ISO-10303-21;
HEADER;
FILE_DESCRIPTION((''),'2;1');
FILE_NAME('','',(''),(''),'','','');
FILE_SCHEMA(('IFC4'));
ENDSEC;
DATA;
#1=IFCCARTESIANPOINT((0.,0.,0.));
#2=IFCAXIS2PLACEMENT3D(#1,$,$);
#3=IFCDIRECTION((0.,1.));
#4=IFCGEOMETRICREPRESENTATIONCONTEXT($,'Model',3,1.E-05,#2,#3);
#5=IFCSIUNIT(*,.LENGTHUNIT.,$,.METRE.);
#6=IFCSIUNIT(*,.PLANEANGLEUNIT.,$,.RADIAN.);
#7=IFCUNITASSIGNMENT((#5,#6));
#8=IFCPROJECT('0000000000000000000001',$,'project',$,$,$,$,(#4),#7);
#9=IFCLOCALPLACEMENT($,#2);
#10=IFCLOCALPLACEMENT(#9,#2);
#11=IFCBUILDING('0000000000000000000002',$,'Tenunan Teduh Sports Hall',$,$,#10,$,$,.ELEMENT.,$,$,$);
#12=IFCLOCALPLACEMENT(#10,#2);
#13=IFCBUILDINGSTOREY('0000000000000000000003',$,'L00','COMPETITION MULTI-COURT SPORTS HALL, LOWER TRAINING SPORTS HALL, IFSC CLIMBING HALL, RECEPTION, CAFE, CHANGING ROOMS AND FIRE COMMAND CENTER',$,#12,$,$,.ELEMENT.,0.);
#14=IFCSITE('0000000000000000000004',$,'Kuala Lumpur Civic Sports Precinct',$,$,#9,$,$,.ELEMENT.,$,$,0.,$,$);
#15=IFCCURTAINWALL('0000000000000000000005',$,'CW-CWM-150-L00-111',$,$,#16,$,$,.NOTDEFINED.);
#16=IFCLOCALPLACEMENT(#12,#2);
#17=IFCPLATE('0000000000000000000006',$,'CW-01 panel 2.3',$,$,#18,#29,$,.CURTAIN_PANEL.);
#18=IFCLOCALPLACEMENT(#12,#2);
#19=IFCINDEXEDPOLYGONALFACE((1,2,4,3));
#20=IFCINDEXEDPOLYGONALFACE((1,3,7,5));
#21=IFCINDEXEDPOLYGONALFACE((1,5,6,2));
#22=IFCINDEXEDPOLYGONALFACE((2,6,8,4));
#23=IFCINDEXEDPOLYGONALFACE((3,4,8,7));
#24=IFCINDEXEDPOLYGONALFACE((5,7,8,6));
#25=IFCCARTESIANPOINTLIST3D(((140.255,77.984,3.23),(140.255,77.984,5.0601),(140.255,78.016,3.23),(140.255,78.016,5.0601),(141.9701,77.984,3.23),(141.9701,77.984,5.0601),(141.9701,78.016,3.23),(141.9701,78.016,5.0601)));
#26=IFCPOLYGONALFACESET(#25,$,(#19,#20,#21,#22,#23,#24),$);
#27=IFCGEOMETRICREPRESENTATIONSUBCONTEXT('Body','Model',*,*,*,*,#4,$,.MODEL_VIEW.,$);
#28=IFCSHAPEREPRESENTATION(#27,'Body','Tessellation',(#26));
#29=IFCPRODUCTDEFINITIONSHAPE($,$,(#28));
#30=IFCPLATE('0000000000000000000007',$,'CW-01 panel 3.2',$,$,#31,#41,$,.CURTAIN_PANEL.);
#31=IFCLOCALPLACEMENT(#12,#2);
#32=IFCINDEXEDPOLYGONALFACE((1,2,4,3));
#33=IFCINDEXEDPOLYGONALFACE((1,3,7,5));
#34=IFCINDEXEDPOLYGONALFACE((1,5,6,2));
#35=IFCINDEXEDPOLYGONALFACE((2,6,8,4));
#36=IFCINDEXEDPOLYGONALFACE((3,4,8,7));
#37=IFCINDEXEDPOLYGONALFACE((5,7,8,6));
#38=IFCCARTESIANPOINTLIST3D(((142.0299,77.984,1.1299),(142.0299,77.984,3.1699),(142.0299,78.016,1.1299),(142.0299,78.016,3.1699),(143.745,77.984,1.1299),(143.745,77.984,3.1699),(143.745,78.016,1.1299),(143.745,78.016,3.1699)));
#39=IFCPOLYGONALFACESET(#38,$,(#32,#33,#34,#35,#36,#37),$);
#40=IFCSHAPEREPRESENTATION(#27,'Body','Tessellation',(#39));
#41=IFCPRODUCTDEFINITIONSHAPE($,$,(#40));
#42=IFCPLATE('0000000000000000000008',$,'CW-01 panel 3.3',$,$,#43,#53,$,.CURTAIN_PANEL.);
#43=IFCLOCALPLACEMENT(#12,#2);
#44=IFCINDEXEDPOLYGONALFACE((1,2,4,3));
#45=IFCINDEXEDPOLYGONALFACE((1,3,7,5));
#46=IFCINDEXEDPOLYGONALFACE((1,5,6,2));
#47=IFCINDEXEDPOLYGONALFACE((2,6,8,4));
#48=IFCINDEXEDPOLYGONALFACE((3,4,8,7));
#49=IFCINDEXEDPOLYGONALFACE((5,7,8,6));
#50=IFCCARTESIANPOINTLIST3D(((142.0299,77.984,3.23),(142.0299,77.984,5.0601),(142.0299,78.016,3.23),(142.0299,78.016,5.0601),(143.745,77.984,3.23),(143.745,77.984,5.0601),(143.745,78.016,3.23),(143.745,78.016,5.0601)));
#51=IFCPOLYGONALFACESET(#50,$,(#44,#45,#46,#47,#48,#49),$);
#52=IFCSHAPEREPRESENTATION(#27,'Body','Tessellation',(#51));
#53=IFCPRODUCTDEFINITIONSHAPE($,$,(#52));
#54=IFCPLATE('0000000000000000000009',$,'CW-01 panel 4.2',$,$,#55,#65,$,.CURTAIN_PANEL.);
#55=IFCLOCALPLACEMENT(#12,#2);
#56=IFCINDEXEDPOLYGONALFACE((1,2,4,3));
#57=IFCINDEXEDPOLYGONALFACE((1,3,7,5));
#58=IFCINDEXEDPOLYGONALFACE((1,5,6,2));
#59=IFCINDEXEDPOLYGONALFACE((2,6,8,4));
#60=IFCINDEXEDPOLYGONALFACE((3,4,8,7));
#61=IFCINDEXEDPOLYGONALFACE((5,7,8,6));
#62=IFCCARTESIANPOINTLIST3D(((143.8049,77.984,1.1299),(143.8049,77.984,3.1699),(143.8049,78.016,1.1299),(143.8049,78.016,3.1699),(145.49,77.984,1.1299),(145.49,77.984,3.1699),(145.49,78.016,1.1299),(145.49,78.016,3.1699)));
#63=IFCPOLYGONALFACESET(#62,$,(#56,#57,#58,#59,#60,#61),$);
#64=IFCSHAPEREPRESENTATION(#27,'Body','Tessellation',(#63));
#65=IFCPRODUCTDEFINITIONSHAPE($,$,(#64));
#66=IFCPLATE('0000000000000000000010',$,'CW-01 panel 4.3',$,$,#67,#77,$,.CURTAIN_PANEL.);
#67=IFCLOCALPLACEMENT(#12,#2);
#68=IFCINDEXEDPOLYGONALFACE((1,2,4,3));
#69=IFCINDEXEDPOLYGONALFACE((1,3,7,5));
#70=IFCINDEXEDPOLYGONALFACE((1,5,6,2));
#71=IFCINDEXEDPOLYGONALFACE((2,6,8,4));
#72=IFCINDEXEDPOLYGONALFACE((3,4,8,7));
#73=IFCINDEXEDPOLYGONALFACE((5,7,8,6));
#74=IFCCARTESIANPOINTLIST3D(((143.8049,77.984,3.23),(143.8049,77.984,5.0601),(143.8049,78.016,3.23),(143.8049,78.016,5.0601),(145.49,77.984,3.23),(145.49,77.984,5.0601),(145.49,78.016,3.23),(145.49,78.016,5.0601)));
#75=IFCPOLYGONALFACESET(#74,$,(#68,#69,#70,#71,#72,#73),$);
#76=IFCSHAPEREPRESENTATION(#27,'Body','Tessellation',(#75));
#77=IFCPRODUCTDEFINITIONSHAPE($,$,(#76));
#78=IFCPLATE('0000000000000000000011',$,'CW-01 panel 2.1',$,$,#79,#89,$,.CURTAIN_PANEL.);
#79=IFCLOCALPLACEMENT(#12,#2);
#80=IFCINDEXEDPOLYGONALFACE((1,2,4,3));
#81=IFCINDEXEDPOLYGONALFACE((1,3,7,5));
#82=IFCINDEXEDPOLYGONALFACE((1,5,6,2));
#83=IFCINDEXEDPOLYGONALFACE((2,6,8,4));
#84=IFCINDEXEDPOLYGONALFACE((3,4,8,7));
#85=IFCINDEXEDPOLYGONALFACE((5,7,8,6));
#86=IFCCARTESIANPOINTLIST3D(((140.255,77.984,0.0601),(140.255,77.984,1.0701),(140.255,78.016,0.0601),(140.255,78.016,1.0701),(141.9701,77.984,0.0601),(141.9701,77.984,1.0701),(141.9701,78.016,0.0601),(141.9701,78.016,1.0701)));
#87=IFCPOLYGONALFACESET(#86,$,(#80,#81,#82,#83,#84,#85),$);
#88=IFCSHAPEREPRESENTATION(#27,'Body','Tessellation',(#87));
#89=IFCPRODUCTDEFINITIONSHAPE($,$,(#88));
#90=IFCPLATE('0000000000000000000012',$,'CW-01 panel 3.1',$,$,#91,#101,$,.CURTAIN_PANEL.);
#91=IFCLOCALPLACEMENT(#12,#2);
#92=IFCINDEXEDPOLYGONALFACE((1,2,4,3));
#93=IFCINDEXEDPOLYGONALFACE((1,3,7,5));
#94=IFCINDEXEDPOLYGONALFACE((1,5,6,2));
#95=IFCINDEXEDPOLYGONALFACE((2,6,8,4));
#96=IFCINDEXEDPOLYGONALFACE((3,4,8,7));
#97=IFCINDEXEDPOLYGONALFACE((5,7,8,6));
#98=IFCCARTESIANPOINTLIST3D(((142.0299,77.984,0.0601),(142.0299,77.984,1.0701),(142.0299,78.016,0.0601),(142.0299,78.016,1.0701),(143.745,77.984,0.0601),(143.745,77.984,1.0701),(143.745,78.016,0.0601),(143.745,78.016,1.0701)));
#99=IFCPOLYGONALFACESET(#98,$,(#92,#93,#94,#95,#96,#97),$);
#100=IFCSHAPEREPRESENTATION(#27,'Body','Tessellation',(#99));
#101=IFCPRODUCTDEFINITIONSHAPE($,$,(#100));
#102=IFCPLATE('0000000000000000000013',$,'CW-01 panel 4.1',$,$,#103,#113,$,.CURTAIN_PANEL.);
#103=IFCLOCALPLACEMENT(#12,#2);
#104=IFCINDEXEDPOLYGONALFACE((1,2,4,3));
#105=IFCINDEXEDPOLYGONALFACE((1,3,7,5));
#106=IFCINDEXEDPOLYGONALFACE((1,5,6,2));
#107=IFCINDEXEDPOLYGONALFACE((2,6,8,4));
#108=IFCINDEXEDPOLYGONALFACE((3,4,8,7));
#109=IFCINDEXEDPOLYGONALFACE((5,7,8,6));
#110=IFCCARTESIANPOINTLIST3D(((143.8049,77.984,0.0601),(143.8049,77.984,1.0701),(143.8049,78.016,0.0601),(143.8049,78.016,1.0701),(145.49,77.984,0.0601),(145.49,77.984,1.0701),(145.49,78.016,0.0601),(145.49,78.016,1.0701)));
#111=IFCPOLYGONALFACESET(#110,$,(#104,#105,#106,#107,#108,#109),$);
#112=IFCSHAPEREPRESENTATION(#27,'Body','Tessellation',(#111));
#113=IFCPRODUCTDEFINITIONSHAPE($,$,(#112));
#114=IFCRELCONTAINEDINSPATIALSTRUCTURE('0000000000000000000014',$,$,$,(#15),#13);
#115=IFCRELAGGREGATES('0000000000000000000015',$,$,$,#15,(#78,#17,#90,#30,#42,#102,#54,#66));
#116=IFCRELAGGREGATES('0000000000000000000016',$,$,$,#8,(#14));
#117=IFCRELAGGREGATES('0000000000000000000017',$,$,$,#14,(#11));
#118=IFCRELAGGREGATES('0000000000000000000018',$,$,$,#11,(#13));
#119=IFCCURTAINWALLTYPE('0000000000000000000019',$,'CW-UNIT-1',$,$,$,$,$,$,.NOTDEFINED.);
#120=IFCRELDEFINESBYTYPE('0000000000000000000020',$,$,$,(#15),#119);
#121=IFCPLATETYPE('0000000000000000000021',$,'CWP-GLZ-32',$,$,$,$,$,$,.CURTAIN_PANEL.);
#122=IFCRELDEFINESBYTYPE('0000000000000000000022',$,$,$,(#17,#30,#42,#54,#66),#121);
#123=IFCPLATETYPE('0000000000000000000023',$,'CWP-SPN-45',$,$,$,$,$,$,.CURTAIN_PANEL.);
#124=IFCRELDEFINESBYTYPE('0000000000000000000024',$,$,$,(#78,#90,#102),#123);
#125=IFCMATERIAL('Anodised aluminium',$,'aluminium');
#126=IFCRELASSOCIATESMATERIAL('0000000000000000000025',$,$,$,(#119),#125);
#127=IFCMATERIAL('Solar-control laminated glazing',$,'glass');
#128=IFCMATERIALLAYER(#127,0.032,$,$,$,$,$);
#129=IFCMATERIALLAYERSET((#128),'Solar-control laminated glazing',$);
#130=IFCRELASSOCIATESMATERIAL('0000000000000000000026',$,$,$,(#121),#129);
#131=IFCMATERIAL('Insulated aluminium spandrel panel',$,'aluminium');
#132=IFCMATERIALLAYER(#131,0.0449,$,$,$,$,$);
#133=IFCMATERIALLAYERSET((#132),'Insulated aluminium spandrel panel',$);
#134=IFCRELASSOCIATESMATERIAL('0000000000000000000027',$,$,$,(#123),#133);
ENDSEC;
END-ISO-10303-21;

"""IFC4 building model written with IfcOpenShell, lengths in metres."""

from ifc_helpers import new_model, si_unit, direction, frame, origin, origin_2d, place, context, subcontext, project, spatial, rectangle, extrude, material, layer, layer_set, type_object, element, aggregate, save


model = new_model("IFC4")

# Units and contexts
model_context = context("Model", 3, precision=1e-05, world=origin(), true_north=direction((0.0, 1.0)))
body_context = subcontext(model_context, "Body", "Model", "MODEL_VIEW")
ifc_project = project(units=[si_unit("LENGTHUNIT", "METRE"), si_unit("PLANEANGLEUNIT", "RADIAN")], contexts=[model_context])

# Site, building, storey
site_placement = place(None, origin())
site = spatial("IfcSite", under=ifc_project, at=site_placement, Name="Kuala Lumpur Civic Sports Precinct", CompositionType="ELEMENT", RefElevation=0.0)
building_placement = place(site_placement, origin())
building = spatial("IfcBuilding", under=site, at=building_placement, Name="Tenunan Teduh Sports Hall", CompositionType="ELEMENT")
storey_placement = place(building_placement, origin())
storey = spatial("IfcBuildingStorey", under=building, at=storey_placement, Name="L00", Description="COMPETITION MULTI-COURT SPORTS HALL, LOWER TRAINING SPORTS HALL, IFSC CLIMBING HALL, RECEPTION, CAFE, CHANGING ROOMS AND FIRE COMMAND CENTER", CompositionType="ELEMENT", Elevation=0.0)

# Curtain wall, plates
ifc_material_1 = material(Name="Anodised aluminium", Category="aluminium")
curtain_wall_type = type_object("IfcCurtainWallType", Name="CW-UNIT-1", PredefinedType="NOTDEFINED", material=ifc_material_1)
curtain_wall_placement = place(storey_placement, origin())
curtain_wall = element("IfcCurtainWall", 1, at=curtain_wall_placement, inside=storey, type_object=curtain_wall_type, Name="CW-CWM-150-L00-111", PredefinedType="NOTDEFINED")
ifc_material_2 = material(Name="Solar-control laminated glazing", Category="glass")
ifc_layer_1 = layer(ifc_material_2, 0.032)
ifc_layer_set_1 = layer_set([ifc_layer_1], Name="Solar-control laminated glazing")
plate_type_1 = type_object("IfcPlateType", Name="CWP-GLZ-32", PredefinedType="CURTAIN_PANEL", material=ifc_layer_set_1)
plate_1_placement = place(storey_placement, frame((141.1125, 78.0, 3.23), z_axis=(0.0, 0.0, 1.0), x_axis=(1.0, 0.0, 0.0)))
plate_1 = element("IfcPlate", 2, at=plate_1_placement, type_object=plate_type_1, Name="CW-01 panel 2.3", PredefinedType="CURTAIN_PANEL", context=body_context, shape_type="SweptSolid", body=[
    extrude(rectangle(XDim=1.7151, YDim=0.032, at=origin_2d()), origin(), (0.0, 0.0, 1.0), 1.8301),
])
plate_2_placement = place(storey_placement, frame((142.8875, 78.0, 1.1299), z_axis=(0.0, 0.0, 1.0), x_axis=(1.0, 0.0, 0.0)))
plate_2 = element("IfcPlate", 3, at=plate_2_placement, type_object=plate_type_1, Name="CW-01 panel 3.2", PredefinedType="CURTAIN_PANEL", context=body_context, shape_type="SweptSolid", body=[
    extrude(rectangle(XDim=1.7151, YDim=0.032, at=origin_2d()), origin(), (0.0, 0.0, 1.0), 2.04),
])
plate_3_placement = place(storey_placement, frame((142.8875, 78.0, 3.23), z_axis=(0.0, 0.0, 1.0), x_axis=(1.0, 0.0, 0.0)))
plate_3 = element("IfcPlate", 4, at=plate_3_placement, type_object=plate_type_1, Name="CW-01 panel 3.3", PredefinedType="CURTAIN_PANEL", context=body_context, shape_type="SweptSolid", body=[
    extrude(rectangle(XDim=1.7151, YDim=0.032, at=origin_2d()), origin(), (0.0, 0.0, 1.0), 1.8301),
])
plate_4_placement = place(storey_placement, frame((144.6475, 78.0, 1.1299), z_axis=(0.0, 0.0, 1.0), x_axis=(1.0, 0.0, 0.0)))
plate_4 = element("IfcPlate", 5, at=plate_4_placement, type_object=plate_type_1, Name="CW-01 panel 4.2", PredefinedType="CURTAIN_PANEL", context=body_context, shape_type="SweptSolid", body=[
    extrude(rectangle(XDim=1.6851, YDim=0.032, at=origin_2d()), origin(), (0.0, 0.0, 1.0), 2.04),
])
plate_5_placement = place(storey_placement, frame((144.6475, 78.0, 3.23), z_axis=(0.0, 0.0, 1.0), x_axis=(1.0, 0.0, 0.0)))
plate_5 = element("IfcPlate", 6, at=plate_5_placement, type_object=plate_type_1, Name="CW-01 panel 4.3", PredefinedType="CURTAIN_PANEL", context=body_context, shape_type="SweptSolid", body=[
    extrude(rectangle(XDim=1.6851, YDim=0.032, at=origin_2d()), origin(), (0.0, 0.0, 1.0), 1.8301),
])
ifc_material_3 = material(Name="Insulated aluminium spandrel panel", Category="aluminium")
ifc_layer_2 = layer(ifc_material_3, 0.0449)
ifc_layer_set_2 = layer_set([ifc_layer_2], Name="Insulated aluminium spandrel panel")
plate_type_2 = type_object("IfcPlateType", Name="CWP-SPN-45", PredefinedType="CURTAIN_PANEL", material=ifc_layer_set_2)
plate_6_placement = place(storey_placement, frame((141.1125, 78.0, 0.0601), z_axis=(0.0, 0.0, 1.0), x_axis=(1.0, 0.0, 0.0)))
plate_6 = element("IfcPlate", 7, at=plate_6_placement, type_object=plate_type_2, Name="CW-01 panel 2.1", PredefinedType="CURTAIN_PANEL", context=body_context, shape_type="SweptSolid", body=[
    extrude(rectangle(XDim=1.7151, YDim=0.032, at=origin_2d()), origin(), (0.0, 0.0, 1.0), 1.01),
])
plate_7_placement = place(storey_placement, frame((142.8875, 78.0, 0.0601), z_axis=(0.0, 0.0, 1.0), x_axis=(1.0, 0.0, 0.0)))
plate_7 = element("IfcPlate", 8, at=plate_7_placement, type_object=plate_type_2, Name="CW-01 panel 3.1", PredefinedType="CURTAIN_PANEL", context=body_context, shape_type="SweptSolid", body=[
    extrude(rectangle(XDim=1.7151, YDim=0.032, at=origin_2d()), origin(), (0.0, 0.0, 1.0), 1.01),
])
plate_8_placement = place(storey_placement, frame((144.6475, 78.0, 0.0601), z_axis=(0.0, 0.0, 1.0), x_axis=(1.0, 0.0, 0.0)))
plate_8 = element("IfcPlate", 9, at=plate_8_placement, type_object=plate_type_2, Name="CW-01 panel 4.1", PredefinedType="CURTAIN_PANEL", context=body_context, shape_type="SweptSolid", body=[
    extrude(rectangle(XDim=1.6851, YDim=0.032, at=origin_2d()), origin(), (0.0, 0.0, 1.0), 1.01),
])
aggregate(curtain_wall, [plate_6, plate_1, plate_7, plate_2, plate_3, plate_8, plate_4, plate_5])

save(model, "model.ifc")
